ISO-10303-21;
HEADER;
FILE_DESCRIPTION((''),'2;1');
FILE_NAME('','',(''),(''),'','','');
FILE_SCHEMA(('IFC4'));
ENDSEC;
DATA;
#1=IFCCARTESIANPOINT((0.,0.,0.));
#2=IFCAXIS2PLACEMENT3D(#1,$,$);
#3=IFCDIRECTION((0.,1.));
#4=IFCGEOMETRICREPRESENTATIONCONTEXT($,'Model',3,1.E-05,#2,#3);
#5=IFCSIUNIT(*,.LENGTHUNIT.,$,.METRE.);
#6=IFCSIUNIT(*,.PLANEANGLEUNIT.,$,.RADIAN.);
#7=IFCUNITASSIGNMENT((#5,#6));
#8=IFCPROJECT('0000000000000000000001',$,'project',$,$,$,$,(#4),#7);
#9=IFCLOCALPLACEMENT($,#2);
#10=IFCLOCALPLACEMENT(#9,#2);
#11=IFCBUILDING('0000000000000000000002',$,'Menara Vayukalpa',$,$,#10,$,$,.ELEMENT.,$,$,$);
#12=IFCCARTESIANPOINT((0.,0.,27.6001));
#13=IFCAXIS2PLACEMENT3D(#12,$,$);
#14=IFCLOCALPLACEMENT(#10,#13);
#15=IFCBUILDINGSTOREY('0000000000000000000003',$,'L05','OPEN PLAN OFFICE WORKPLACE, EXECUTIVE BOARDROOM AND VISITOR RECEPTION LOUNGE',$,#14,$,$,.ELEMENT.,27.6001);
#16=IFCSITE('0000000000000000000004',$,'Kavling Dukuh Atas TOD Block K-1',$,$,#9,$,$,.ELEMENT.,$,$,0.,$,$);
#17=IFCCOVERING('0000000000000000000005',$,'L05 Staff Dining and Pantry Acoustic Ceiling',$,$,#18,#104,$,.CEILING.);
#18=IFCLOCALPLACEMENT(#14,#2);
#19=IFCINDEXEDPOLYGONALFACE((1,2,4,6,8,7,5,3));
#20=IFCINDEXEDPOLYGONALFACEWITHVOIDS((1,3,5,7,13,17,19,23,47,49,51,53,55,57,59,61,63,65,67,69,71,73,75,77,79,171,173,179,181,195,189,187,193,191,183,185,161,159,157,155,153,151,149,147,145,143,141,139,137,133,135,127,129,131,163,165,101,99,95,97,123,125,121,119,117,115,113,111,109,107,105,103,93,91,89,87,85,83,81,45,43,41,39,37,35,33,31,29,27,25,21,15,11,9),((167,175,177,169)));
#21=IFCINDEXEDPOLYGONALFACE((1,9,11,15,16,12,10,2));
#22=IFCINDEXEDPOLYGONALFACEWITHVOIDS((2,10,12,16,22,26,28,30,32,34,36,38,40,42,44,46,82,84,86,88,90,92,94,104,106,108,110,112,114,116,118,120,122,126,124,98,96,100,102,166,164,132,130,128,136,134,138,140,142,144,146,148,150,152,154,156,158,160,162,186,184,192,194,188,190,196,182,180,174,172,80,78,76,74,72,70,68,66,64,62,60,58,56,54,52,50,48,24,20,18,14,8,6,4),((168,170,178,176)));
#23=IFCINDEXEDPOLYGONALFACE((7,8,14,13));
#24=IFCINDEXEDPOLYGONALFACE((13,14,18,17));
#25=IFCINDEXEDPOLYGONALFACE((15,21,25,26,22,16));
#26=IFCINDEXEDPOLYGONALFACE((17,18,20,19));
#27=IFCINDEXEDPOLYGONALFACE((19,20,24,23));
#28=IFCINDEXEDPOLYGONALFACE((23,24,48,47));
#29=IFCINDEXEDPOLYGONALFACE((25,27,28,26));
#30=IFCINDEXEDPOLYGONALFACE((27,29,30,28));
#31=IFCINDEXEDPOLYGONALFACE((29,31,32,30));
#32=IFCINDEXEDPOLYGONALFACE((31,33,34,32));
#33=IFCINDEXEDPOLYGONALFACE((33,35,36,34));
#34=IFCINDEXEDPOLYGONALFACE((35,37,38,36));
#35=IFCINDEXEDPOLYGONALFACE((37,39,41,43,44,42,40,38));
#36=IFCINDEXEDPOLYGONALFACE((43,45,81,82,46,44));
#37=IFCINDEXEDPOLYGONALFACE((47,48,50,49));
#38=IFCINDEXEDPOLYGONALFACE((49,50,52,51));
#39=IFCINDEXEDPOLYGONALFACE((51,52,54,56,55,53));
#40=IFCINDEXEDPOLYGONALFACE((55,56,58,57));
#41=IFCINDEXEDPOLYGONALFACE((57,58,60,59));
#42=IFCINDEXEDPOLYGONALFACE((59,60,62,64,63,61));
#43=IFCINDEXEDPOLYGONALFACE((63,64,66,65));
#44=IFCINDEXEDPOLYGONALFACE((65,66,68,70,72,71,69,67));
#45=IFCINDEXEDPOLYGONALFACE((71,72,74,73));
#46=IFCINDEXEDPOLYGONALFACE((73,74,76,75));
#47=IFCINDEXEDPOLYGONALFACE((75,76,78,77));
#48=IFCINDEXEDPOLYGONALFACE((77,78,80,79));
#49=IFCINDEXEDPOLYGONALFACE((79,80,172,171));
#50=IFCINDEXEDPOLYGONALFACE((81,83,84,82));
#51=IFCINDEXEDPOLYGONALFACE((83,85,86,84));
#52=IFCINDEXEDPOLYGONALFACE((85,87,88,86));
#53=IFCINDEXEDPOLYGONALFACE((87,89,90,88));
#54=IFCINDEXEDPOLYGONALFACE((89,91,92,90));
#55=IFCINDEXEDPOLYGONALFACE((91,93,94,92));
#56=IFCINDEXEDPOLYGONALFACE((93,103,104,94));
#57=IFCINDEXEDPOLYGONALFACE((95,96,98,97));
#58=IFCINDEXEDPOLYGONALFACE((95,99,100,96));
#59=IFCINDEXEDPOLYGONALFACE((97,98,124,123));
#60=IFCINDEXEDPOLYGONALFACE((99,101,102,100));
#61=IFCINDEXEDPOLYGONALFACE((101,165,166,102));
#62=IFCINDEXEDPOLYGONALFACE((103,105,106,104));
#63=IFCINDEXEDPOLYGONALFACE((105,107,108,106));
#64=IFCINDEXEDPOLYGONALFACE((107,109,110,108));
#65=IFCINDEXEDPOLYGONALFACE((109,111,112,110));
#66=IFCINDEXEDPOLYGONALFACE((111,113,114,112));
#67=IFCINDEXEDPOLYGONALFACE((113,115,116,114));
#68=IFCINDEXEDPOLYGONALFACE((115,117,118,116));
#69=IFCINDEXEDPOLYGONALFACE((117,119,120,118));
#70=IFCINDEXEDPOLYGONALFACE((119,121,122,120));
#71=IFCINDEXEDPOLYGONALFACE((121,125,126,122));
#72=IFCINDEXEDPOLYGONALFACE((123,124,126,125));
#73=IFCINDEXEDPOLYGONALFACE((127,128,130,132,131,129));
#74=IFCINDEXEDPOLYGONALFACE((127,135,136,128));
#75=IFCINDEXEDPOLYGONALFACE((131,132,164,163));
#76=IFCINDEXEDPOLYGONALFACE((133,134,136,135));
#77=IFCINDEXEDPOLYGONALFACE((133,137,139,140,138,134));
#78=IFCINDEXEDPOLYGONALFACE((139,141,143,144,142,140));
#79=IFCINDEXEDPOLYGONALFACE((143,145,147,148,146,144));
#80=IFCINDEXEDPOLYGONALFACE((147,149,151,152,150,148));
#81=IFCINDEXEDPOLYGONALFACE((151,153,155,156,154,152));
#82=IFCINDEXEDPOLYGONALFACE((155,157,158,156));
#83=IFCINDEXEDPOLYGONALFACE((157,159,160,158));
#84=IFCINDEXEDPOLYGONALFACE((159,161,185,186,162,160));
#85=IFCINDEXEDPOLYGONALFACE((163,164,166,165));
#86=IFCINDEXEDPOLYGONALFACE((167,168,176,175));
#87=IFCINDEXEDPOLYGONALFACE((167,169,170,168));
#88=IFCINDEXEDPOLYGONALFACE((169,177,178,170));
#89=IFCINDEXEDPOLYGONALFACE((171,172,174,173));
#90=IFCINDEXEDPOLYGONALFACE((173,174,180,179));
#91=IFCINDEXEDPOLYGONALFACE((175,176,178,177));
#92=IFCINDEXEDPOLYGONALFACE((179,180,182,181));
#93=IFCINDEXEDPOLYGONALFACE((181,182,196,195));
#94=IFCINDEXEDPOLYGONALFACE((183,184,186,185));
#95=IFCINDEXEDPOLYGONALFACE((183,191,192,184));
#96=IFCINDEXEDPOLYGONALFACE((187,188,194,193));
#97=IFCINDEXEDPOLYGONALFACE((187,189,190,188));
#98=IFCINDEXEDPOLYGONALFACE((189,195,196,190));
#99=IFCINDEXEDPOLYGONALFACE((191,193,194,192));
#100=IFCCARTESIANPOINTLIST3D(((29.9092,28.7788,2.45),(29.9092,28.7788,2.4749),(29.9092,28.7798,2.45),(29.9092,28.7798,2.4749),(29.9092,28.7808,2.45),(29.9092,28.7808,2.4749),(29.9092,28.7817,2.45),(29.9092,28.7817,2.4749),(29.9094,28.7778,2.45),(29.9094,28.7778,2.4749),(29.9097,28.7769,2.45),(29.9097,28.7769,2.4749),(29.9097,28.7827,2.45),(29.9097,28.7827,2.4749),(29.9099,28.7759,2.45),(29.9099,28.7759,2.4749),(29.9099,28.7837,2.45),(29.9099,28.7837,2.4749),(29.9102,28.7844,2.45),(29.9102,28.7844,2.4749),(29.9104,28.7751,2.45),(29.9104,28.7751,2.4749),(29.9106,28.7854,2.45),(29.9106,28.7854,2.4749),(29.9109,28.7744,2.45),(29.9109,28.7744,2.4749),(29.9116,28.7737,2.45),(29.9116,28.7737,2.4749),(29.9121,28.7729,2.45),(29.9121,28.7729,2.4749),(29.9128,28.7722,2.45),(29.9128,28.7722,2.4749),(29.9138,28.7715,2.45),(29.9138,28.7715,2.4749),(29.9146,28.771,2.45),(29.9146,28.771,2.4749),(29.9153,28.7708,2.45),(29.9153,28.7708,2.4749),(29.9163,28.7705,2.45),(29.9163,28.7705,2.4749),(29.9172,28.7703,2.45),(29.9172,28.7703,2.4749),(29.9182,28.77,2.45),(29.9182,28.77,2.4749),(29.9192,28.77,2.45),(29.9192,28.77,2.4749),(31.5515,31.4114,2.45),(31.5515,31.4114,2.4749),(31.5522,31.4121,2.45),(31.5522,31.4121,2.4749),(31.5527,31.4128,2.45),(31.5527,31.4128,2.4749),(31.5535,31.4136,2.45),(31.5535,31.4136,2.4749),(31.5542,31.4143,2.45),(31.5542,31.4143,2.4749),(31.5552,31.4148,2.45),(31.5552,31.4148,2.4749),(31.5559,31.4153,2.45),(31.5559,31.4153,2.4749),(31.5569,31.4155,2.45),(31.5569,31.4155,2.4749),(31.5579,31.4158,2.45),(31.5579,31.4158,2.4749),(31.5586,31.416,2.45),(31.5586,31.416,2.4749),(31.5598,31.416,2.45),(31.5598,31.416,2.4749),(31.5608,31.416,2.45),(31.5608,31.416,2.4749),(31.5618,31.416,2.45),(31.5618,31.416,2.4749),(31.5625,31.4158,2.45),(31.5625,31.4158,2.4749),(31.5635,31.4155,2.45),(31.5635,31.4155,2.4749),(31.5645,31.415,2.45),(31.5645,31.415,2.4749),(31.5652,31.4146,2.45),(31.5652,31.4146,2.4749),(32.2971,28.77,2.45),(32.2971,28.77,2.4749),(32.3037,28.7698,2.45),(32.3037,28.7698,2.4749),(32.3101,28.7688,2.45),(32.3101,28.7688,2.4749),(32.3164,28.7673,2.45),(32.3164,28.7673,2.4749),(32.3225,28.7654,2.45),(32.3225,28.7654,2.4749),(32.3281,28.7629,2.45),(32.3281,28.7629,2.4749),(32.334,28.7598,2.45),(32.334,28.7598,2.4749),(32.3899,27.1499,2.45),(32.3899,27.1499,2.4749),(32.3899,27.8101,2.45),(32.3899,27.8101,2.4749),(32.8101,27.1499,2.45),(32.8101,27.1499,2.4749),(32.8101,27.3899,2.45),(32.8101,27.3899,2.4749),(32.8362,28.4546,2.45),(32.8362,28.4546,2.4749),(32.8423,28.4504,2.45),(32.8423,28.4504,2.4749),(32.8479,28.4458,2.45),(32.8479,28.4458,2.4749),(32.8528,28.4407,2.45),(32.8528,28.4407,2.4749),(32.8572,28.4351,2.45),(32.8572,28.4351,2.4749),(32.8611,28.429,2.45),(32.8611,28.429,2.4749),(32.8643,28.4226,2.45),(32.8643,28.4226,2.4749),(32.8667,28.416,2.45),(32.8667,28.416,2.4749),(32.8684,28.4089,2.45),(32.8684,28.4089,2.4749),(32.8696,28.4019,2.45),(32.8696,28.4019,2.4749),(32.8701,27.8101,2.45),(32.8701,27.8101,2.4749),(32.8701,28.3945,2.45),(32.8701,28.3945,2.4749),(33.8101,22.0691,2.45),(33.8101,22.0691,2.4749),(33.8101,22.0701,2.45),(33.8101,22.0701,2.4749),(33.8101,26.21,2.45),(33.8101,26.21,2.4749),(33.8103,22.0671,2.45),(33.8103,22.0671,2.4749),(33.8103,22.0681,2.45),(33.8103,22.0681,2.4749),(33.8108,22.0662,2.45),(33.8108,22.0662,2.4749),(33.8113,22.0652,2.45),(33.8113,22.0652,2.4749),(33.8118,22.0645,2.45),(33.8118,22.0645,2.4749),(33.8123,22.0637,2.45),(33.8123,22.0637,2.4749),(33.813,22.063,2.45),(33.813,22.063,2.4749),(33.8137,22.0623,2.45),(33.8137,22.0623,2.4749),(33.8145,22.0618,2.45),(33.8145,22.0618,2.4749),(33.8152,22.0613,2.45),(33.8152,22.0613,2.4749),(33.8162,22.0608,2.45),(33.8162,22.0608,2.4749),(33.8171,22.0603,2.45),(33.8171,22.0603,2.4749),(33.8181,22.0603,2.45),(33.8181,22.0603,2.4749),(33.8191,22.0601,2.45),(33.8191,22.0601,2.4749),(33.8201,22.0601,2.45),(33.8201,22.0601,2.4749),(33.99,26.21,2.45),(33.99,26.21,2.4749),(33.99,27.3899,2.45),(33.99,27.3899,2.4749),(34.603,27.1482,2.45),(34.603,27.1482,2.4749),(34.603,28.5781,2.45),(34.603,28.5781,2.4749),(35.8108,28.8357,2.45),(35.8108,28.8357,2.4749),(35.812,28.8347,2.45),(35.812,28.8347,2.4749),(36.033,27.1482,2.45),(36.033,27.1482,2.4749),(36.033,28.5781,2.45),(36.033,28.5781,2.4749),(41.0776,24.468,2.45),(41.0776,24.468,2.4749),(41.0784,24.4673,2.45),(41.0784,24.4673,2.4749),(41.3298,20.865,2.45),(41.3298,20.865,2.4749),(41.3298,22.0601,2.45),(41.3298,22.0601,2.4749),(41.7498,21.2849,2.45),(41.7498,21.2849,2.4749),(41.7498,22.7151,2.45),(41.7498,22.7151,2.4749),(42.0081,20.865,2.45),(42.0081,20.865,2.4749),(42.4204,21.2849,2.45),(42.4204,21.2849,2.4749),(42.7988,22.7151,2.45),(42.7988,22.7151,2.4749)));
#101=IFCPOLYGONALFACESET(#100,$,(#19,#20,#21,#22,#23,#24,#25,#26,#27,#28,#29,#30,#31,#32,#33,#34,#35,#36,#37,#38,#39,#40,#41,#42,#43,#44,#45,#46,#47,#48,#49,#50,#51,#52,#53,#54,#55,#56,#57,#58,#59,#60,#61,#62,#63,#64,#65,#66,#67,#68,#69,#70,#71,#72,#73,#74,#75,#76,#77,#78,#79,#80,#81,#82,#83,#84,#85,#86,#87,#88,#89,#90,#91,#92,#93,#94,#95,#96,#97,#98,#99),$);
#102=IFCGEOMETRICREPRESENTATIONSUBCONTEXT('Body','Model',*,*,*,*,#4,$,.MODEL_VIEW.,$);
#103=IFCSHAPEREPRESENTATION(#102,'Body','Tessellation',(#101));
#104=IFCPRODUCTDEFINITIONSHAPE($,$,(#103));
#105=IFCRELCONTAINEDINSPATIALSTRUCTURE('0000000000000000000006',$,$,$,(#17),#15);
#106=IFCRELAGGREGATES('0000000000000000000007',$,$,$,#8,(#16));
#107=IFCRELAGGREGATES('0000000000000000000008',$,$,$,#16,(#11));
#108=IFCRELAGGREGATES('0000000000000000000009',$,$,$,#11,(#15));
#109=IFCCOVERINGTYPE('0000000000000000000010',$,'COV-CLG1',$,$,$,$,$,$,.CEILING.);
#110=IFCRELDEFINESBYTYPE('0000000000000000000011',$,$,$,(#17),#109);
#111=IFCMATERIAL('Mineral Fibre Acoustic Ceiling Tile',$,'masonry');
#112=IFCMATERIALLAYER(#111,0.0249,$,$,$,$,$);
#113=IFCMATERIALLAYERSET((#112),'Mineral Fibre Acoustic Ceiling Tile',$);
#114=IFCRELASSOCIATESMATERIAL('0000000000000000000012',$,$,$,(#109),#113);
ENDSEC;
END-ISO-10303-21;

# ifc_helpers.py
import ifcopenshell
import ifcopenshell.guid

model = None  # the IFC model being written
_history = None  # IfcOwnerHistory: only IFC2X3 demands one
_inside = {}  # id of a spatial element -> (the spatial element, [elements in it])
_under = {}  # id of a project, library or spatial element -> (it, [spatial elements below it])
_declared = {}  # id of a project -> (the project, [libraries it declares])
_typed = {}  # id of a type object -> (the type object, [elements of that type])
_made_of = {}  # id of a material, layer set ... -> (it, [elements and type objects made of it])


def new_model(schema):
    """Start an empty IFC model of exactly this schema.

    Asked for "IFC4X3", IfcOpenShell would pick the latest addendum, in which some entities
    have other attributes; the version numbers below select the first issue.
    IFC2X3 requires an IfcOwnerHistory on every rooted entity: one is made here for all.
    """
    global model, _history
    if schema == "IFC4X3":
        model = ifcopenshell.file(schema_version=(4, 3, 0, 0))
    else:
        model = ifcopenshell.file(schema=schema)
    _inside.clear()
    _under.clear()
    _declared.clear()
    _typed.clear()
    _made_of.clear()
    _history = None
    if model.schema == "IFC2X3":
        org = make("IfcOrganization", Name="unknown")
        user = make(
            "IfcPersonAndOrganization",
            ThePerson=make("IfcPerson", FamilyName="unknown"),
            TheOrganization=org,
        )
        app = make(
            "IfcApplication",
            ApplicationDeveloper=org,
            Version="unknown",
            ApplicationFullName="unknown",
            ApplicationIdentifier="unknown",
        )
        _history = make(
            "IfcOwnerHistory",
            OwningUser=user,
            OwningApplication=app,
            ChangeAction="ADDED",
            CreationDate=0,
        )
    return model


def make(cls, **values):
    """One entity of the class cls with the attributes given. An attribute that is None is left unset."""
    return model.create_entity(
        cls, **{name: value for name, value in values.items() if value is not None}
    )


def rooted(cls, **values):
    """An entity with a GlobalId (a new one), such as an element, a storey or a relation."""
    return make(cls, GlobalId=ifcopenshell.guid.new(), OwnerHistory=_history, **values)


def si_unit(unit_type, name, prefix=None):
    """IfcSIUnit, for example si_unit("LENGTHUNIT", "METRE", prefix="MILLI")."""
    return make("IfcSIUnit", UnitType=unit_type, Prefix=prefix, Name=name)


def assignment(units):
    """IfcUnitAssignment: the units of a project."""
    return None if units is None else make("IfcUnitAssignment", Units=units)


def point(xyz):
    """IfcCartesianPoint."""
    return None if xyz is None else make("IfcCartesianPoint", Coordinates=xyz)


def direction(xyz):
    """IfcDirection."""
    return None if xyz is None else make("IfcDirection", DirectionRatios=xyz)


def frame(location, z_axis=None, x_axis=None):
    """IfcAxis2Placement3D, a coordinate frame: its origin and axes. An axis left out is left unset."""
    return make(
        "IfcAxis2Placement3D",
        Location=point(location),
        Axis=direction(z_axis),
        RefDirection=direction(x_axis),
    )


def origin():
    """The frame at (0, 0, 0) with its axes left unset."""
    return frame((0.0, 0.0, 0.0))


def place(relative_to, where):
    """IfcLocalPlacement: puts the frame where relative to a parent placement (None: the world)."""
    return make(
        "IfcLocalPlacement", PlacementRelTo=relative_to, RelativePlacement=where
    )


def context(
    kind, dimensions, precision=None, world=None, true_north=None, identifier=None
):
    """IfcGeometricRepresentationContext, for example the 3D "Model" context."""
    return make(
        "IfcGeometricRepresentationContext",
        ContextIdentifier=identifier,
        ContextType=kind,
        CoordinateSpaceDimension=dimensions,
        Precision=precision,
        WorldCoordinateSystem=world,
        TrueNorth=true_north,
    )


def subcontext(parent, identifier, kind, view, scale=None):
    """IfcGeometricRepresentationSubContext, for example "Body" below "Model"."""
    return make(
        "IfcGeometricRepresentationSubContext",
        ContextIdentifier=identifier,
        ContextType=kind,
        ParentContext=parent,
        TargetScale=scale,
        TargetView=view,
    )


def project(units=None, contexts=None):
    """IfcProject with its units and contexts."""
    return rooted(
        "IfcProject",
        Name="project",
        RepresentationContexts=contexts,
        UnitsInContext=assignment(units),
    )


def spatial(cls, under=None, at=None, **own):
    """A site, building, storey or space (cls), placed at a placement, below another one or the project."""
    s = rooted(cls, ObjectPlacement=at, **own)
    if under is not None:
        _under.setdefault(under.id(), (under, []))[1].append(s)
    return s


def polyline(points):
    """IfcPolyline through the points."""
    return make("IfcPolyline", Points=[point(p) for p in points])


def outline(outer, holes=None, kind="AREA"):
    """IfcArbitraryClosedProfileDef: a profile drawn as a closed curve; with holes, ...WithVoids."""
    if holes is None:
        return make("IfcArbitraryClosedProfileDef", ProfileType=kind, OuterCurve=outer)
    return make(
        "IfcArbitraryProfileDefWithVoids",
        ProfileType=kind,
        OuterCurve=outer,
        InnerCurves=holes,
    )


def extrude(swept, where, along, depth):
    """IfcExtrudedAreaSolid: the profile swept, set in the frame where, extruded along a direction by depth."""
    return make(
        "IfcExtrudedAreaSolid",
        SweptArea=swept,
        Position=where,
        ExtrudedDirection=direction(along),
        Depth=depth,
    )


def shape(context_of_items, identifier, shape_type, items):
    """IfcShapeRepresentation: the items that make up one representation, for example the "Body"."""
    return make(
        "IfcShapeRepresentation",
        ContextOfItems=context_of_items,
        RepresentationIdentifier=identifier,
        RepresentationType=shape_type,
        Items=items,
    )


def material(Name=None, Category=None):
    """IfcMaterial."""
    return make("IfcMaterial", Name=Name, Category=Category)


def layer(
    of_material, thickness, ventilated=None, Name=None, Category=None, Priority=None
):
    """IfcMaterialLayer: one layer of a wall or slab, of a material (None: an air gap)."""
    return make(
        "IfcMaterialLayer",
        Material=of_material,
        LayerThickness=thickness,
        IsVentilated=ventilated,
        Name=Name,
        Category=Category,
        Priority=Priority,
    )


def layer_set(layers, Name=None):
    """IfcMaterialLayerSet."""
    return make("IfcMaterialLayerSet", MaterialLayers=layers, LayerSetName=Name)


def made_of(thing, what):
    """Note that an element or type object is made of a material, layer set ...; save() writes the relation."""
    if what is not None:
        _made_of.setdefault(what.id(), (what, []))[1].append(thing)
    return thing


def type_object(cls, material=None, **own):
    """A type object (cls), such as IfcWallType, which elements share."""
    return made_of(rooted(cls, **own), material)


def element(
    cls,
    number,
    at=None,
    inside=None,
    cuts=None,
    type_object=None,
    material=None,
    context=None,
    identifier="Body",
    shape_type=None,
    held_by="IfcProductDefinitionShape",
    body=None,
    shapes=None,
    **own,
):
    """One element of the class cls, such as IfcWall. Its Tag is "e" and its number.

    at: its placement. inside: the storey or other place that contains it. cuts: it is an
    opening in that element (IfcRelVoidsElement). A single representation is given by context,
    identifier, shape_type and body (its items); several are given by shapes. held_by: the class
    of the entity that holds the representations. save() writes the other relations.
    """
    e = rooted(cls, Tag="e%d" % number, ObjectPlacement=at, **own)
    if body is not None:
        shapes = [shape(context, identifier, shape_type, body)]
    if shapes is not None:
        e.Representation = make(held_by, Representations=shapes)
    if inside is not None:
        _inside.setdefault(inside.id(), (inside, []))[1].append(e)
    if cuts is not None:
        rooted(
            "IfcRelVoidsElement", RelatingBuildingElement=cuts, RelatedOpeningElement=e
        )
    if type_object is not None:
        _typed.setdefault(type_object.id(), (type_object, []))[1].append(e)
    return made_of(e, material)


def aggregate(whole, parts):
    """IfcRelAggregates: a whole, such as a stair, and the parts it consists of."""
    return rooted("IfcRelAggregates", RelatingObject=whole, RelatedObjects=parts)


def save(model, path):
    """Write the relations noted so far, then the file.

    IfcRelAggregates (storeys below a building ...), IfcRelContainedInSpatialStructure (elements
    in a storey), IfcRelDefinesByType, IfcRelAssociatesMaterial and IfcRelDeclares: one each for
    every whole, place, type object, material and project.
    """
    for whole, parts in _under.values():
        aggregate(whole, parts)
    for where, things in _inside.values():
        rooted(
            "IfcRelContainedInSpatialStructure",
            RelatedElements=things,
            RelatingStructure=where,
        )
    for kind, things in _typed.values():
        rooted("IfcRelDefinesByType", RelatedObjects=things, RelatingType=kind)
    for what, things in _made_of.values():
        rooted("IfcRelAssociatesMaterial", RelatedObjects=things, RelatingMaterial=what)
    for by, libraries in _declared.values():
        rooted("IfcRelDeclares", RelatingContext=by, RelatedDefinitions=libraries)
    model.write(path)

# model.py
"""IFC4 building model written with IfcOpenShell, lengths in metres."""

from ifc_helpers import new_model, si_unit, direction, frame, origin, place, context, subcontext, project, spatial, polyline, outline, extrude, material, layer, layer_set, type_object, element, save


model = new_model("IFC4")

# Units and contexts
model_context = context("Model", 3, precision=1e-05, world=origin(), true_north=direction((0.0, 1.0)))
body_context = subcontext(model_context, "Body", "Model", "MODEL_VIEW")
ifc_project = project(units=[si_unit("LENGTHUNIT", "METRE"), si_unit("PLANEANGLEUNIT", "RADIAN")], contexts=[model_context])

# Site, building, storey
site_placement = place(None, origin())
site = spatial("IfcSite", under=ifc_project, at=site_placement, Name="Kavling Dukuh Atas TOD Block K-1", CompositionType="ELEMENT", RefElevation=0.0)
building_placement = place(site_placement, origin())
building = spatial("IfcBuilding", under=site, at=building_placement, Name="Menara Vayukalpa", CompositionType="ELEMENT")
storey_placement = place(building_placement, frame((0.0, 0.0, 27.6001)))
storey = spatial("IfcBuildingStorey", under=building, at=storey_placement, Name="L05", Description="OPEN PLAN OFFICE WORKPLACE, EXECUTIVE BOARDROOM AND VISITOR RECEPTION LOUNGE", CompositionType="ELEMENT", Elevation=27.6001)

# Covering
ifc_material_1 = material(Name="Mineral Fibre Acoustic Ceiling Tile", Category="masonry")
ifc_layer_1 = layer(ifc_material_1, 0.0249)
ifc_layer_set_1 = layer_set([ifc_layer_1], Name="Mineral Fibre Acoustic Ceiling Tile")
covering_type_1 = type_object("IfcCoveringType", Name="COV-CLG1", PredefinedType="CEILING", material=ifc_layer_set_1)
covering_1_placement = place(storey_placement, frame((0.0, 0.0, 2.45)))
element("IfcCovering", 1, at=covering_1_placement, inside=storey, type_object=covering_type_1, Name="L05 Staff Dining and Pantry Acoustic Ceiling", PredefinedType="CEILING", context=body_context, shape_type="SweptSolid", body=[
    extrude(outline(polyline([(33.8191, 22.0601), (33.8181, 22.0603), (33.8171, 22.0603), (33.8162, 22.0608), (33.8152, 22.0613), (33.8145, 22.0618), (33.8137, 22.0623), (33.813, 22.063), (33.8123, 22.0637), (33.8118, 22.0645), (33.8113, 22.0652), (33.8108, 22.0662), (33.8103, 22.0671), (33.8103, 22.0681), (33.8101, 22.0691), (33.8101, 22.0701), (33.8101, 26.21), (33.99, 26.21), (33.99, 27.3899), (32.8101, 27.3899), (32.8101, 27.1499), (32.3899, 27.1499), (32.3899, 27.8101), (32.8701, 27.8101), (32.8701, 28.3945), (32.8696, 28.4019), (32.8684, 28.4089), (32.8667, 28.416), (32.8643, 28.4226), (32.8611, 28.429), (32.8572, 28.4351), (32.8528, 28.4407), (32.8479, 28.4458), (32.8423, 28.4504), (32.8362, 28.4546), (32.334, 28.7598), (32.3281, 28.7629), (32.3225, 28.7654), (32.3164, 28.7673), (32.3101, 28.7688), (32.3037, 28.7698), (32.2971, 28.77), (29.9192, 28.77), (29.9182, 28.77), (29.9172, 28.7703), (29.9163, 28.7705), (29.9153, 28.7708), (29.9146, 28.771), (29.9138, 28.7715), (29.9128, 28.7722), (29.9121, 28.7729), (29.9116, 28.7737), (29.9109, 28.7744), (29.9104, 28.7751), (29.9099, 28.7759), (29.9097, 28.7769), (29.9094, 28.7778), (29.9092, 28.7788), (29.9092, 28.7798), (29.9092, 28.7808), (29.9092, 28.7817), (29.9097, 28.7827), (29.9099, 28.7837), (29.9102, 28.7844), (29.9106, 28.7854), (31.5515, 31.4114), (31.5522, 31.4121), (31.5527, 31.4128), (31.5535, 31.4136), (31.5542, 31.4143), (31.5552, 31.4148), (31.5559, 31.4153), (31.5569, 31.4155), (31.5579, 31.4158), (31.5586, 31.416), (31.5598, 31.416), (31.5608, 31.416), (31.5618, 31.416), (31.5625, 31.4158), (31.5635, 31.4155), (31.5645, 31.415), (31.5652, 31.4146), (35.8108, 28.8357), (35.812, 28.8347), (41.0776, 24.468), (41.0784, 24.4673), (42.7988, 22.7151), (41.7498, 22.7151), (41.7498, 21.2849), (42.4204, 21.2849), (42.0081, 20.865), (41.3298, 20.865), (41.3298, 22.0601), (33.8201, 22.0601), (33.8191, 22.0601)]), holes=[polyline([(36.033, 27.1482), (36.033, 28.5781), (34.603, 28.5781), (34.603, 27.1482), (36.033, 27.1482)])]), origin(), (0.0, 0.0, 1.0), 0.0249),
])

save(model, "model.ifc")
